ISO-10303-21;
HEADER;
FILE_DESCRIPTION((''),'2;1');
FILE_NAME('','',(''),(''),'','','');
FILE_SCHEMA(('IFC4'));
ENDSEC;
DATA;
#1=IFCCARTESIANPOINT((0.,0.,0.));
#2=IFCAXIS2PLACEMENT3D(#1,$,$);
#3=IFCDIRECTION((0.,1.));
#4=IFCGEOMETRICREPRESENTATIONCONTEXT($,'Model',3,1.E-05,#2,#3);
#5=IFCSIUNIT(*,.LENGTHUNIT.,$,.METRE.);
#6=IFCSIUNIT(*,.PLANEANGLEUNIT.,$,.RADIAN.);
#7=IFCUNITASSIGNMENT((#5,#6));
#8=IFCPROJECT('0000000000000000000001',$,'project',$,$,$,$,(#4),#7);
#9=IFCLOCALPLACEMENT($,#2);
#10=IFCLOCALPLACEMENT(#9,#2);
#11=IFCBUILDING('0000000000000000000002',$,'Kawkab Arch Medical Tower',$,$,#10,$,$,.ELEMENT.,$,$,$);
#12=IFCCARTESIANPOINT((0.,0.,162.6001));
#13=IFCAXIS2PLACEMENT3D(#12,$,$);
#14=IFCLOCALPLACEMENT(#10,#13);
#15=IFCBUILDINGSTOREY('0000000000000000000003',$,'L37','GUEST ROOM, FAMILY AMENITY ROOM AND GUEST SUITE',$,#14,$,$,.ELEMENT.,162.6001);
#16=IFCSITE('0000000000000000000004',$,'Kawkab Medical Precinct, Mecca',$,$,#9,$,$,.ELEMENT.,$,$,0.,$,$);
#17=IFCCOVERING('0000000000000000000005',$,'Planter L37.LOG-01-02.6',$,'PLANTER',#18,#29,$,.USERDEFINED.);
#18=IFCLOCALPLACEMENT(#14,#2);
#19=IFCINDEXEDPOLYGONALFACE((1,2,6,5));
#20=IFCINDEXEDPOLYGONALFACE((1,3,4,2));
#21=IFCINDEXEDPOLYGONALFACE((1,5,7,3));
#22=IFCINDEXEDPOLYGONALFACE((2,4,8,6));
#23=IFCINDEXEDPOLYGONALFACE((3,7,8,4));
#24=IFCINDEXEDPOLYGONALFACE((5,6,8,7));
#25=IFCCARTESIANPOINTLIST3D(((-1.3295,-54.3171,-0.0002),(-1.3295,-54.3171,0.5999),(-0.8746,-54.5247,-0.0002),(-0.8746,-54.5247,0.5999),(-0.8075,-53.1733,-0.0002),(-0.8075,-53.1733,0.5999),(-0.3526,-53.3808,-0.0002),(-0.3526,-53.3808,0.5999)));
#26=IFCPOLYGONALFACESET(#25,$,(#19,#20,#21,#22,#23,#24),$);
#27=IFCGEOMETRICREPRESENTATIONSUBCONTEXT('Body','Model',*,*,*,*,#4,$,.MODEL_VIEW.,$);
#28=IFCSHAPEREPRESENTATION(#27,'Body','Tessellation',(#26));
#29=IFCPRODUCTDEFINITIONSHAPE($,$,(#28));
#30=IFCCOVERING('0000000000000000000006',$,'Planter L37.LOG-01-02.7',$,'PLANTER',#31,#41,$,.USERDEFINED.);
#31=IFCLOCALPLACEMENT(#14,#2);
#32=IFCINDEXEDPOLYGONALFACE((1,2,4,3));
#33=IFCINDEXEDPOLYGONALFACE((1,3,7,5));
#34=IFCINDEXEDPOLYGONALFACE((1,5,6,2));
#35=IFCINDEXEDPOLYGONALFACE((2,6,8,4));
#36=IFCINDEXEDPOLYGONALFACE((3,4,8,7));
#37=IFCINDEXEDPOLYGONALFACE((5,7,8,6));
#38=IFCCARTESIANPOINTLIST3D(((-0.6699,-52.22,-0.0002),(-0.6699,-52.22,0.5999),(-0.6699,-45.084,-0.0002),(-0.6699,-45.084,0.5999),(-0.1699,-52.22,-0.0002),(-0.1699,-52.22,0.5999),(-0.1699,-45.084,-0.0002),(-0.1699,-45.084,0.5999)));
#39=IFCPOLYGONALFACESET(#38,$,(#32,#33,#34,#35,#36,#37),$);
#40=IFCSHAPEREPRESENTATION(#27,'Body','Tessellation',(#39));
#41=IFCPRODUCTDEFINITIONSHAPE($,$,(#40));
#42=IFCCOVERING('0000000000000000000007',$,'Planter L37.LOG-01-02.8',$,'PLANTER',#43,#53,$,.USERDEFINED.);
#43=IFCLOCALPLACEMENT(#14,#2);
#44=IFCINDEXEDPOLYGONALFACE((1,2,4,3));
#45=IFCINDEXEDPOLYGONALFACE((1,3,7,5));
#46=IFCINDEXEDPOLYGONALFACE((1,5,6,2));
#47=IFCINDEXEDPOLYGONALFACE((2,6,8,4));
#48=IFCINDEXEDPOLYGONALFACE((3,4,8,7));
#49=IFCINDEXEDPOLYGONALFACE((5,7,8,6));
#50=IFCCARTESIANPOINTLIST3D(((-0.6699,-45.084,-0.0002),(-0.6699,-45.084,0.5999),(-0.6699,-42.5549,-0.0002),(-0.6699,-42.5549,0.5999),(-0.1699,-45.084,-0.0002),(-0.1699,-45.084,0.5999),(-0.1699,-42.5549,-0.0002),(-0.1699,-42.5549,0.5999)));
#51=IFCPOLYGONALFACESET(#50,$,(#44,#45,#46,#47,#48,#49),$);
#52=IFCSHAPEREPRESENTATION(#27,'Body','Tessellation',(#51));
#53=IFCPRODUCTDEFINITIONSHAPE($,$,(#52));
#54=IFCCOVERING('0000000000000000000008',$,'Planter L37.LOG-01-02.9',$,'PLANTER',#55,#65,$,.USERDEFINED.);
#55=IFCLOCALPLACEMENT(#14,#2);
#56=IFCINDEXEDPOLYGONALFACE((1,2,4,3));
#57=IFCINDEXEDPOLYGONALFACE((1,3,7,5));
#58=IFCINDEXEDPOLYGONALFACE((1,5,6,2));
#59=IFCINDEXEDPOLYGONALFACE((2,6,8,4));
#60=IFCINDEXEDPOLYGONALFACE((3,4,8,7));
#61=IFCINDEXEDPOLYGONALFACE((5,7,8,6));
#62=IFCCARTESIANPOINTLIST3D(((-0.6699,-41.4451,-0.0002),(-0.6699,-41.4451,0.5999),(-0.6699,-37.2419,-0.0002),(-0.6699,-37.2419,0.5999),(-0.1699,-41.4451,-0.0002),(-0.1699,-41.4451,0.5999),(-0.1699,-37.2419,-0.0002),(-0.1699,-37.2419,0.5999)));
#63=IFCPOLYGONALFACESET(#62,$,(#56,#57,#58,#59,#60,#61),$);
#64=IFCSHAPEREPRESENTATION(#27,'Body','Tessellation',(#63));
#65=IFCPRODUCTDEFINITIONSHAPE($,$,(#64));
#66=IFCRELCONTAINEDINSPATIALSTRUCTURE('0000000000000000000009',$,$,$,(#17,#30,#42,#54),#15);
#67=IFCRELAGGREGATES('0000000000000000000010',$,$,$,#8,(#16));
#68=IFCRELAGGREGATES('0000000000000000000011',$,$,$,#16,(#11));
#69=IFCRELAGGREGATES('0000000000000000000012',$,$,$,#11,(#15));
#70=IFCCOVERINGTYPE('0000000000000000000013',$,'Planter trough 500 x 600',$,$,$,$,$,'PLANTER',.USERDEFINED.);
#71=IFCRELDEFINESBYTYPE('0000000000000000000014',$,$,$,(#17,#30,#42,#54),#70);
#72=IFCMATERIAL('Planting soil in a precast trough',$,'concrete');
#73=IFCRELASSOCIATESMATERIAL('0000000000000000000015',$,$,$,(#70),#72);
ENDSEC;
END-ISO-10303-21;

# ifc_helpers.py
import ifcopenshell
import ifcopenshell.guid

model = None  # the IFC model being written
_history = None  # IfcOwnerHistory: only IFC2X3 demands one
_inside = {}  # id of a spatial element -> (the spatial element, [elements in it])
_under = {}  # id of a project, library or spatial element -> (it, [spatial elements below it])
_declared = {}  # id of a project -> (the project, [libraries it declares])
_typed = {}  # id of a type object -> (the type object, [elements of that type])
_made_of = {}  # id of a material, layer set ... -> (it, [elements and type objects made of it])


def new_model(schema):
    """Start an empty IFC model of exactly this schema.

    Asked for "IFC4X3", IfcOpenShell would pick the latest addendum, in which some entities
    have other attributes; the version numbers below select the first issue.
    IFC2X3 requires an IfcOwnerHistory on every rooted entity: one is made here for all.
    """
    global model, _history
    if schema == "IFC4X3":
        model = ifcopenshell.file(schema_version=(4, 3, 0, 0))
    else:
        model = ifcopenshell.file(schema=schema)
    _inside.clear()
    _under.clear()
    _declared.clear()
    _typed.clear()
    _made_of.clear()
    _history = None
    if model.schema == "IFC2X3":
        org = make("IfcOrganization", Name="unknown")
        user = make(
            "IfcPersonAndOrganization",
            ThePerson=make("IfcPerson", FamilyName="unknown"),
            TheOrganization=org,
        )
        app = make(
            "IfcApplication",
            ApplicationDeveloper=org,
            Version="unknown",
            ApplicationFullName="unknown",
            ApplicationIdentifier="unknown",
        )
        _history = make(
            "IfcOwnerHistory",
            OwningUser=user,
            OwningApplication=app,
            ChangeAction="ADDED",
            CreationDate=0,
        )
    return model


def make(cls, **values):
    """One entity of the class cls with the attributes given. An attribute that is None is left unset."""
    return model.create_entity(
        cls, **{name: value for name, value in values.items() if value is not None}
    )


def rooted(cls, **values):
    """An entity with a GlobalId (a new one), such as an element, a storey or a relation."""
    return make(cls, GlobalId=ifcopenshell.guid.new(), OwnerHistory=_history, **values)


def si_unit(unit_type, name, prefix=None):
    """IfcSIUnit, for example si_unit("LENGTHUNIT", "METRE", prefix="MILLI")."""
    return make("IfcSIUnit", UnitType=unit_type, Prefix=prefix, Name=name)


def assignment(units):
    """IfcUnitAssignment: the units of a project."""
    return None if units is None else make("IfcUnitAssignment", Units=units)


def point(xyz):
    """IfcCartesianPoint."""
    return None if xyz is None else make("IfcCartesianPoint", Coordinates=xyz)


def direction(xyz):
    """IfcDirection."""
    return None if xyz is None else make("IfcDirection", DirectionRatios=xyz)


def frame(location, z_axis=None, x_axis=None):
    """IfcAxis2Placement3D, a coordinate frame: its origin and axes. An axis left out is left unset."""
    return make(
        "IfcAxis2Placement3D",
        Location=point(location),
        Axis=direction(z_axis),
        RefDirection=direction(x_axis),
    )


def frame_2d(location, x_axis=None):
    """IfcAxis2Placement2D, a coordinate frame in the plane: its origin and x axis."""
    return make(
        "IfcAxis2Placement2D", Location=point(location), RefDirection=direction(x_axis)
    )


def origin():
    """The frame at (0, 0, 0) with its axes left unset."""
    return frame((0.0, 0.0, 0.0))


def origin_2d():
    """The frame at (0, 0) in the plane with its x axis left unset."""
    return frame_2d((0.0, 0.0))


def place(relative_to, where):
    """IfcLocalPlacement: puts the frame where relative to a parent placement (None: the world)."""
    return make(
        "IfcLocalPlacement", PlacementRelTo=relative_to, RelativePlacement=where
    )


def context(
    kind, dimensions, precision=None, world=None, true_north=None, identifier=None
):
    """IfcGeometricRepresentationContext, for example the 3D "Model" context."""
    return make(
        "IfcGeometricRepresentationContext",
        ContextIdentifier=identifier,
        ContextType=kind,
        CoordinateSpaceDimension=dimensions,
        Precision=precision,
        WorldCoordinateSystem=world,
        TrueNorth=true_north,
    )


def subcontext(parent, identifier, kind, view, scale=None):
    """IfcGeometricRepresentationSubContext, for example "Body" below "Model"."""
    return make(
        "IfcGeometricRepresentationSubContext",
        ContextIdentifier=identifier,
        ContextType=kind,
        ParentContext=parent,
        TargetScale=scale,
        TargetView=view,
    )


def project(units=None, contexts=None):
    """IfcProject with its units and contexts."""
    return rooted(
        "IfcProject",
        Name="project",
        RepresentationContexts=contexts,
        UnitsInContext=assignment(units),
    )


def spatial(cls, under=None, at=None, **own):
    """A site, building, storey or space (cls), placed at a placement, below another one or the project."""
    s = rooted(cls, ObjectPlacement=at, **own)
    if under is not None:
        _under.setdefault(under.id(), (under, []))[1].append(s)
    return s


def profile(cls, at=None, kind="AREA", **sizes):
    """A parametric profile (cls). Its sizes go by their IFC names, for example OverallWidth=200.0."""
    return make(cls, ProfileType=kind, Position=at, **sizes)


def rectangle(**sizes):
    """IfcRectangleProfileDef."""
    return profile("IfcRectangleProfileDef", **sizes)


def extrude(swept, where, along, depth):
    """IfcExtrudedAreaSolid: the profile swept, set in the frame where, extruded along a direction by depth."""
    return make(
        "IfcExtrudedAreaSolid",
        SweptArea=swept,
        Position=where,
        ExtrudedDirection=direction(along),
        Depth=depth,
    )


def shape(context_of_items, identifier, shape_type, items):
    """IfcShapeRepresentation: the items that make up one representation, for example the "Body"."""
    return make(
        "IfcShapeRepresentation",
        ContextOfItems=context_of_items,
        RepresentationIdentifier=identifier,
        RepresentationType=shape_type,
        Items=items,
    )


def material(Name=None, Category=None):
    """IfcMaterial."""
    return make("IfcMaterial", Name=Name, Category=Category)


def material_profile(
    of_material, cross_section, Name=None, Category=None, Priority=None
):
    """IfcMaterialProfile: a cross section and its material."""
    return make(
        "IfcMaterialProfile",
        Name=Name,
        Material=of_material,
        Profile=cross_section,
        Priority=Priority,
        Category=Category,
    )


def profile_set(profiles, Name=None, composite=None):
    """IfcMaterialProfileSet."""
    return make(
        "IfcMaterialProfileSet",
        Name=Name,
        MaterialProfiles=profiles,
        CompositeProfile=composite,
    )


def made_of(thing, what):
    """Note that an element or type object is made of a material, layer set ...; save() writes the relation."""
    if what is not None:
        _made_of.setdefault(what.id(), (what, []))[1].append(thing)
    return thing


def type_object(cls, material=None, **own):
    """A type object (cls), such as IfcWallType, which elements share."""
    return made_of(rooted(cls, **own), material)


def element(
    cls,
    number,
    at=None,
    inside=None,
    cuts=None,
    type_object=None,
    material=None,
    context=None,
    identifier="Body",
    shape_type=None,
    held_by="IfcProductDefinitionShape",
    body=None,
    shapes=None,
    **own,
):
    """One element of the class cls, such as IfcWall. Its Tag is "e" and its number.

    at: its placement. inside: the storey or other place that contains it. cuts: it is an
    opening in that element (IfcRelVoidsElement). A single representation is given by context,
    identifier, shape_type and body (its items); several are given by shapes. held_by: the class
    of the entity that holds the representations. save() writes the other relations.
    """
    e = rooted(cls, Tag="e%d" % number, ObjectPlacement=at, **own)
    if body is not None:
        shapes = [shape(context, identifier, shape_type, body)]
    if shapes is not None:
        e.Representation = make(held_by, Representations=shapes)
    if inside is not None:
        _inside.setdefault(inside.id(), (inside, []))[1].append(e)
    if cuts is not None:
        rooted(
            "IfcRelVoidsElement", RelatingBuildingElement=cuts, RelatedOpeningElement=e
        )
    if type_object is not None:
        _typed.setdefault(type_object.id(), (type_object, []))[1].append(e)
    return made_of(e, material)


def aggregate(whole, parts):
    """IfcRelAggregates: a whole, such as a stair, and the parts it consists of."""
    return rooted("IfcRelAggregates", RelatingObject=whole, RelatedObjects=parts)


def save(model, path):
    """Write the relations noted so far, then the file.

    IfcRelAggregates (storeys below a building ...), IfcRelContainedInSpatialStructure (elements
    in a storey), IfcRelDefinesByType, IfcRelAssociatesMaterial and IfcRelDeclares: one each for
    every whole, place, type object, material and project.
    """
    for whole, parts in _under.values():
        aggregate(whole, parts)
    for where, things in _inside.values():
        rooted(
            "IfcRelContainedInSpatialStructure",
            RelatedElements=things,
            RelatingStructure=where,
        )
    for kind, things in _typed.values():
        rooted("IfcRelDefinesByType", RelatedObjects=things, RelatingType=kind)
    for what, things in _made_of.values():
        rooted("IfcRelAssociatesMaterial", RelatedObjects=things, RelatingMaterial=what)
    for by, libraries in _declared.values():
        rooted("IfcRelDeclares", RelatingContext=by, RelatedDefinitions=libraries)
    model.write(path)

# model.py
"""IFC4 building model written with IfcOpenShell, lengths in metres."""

from ifc_helpers import new_model, si_unit, direction, frame, origin, origin_2d, place, context, subcontext, project, spatial, rectangle, extrude, material, material_profile, profile_set, type_object, element, save


model = new_model("IFC4")

# Units and contexts
model_context = context("Model", 3, precision=1e-05, world=origin(), true_north=direction((0.0, 1.0)))
body_context = subcontext(model_context, "Body", "Model", "MODEL_VIEW")
ifc_project = project(units=[si_unit("LENGTHUNIT", "METRE"), si_unit("PLANEANGLEUNIT", "RADIAN")], contexts=[model_context])

# Site, building, storey
site_placement = place(None, origin())
site = spatial("IfcSite", under=ifc_project, at=site_placement, Name="Kawkab Medical Precinct, Mecca", CompositionType="ELEMENT", RefElevation=0.0)
building_placement = place(site_placement, origin())
building = spatial("IfcBuilding", under=site, at=building_placement, Name="Kawkab Arch Medical Tower", CompositionType="ELEMENT")
storey_placement = place(building_placement, frame((0.0, 0.0, 162.6001)))
storey = spatial("IfcBuildingStorey", under=building, at=storey_placement, Name="L37", Description="GUEST ROOM, FAMILY AMENITY ROOM AND GUEST SUITE", CompositionType="ELEMENT", Elevation=162.6001)

# Coverings
ifc_material_1 = material(Name="Planting soil in a precast trough", Category="concrete")
ifc_material_profile_1 = material_profile(ifc_material_1, rectangle(XDim=0.5, YDim=0.6001, at=origin_2d()), Name="Trough 500x600")
ifc_profile_set_1 = profile_set([ifc_material_profile_1], Name="Planting soil in a precast trough")
covering_type_1 = type_object("IfcCoveringType", Name="Planter trough 500 x 600", ElementType="PLANTER", PredefinedType="USERDEFINED", material=ifc_profile_set_1)
covering_1_placement = place(storey_placement, frame((-1.1021, -54.4209, 0.2998), z_axis=(0.415163, 0.909747, 0.0), x_axis=(-0.909747, 0.415163, 0.0)))
element("IfcCovering", 1, at=covering_1_placement, inside=storey, type_object=covering_type_1, Name="Planter L37.LOG-01-02.6", ObjectType="PLANTER", PredefinedType="USERDEFINED", context=body_context, shape_type="SweptSolid", body=[
    extrude(rectangle(XDim=0.5, YDim=0.6001, at=origin_2d()), origin(), (0.0, 0.0, 1.0), 1.2573),
])
covering_2_placement = place(storey_placement, frame((-0.4199, -52.22, 0.2998), z_axis=(0.0, 1.0, 0.0), x_axis=(-1.0, 0.0, 0.0)))
element("IfcCovering", 2, at=covering_2_placement, inside=storey, type_object=covering_type_1, Name="Planter L37.LOG-01-02.7", ObjectType="PLANTER", PredefinedType="USERDEFINED", context=body_context, shape_type="SweptSolid", body=[
    extrude(rectangle(XDim=0.5, YDim=0.6001, at=origin_2d()), origin(), (0.0, 0.0, 1.0), 7.136),
])
covering_3_placement = place(storey_placement, frame((-0.4199, -45.084, 0.2998), z_axis=(0.0, 1.0, 0.0), x_axis=(-1.0, 0.0, 0.0)))
element("IfcCovering", 3, at=covering_3_placement, inside=storey, type_object=covering_type_1, Name="Planter L37.LOG-01-02.8", ObjectType="PLANTER", PredefinedType="USERDEFINED", context=body_context, shape_type="SweptSolid", body=[
    extrude(rectangle(XDim=0.5, YDim=0.6001, at=origin_2d()), origin(), (0.0, 0.0, 1.0), 2.5291),
])
covering_4_placement = place(storey_placement, frame((-0.4199, -41.4451, 0.2998), z_axis=(0.0, 1.0, 0.0), x_axis=(-1.0, 0.0, 0.0)))
element("IfcCovering", 4, at=covering_4_placement, inside=storey, type_object=covering_type_1, Name="Planter L37.LOG-01-02.9", ObjectType="PLANTER", PredefinedType="USERDEFINED", context=body_context, shape_type="SweptSolid", body=[
    extrude(rectangle(XDim=0.5, YDim=0.6001, at=origin_2d()), origin(), (0.0, 0.0, 1.0), 4.2031),
])

save(model, "model.ifc")
